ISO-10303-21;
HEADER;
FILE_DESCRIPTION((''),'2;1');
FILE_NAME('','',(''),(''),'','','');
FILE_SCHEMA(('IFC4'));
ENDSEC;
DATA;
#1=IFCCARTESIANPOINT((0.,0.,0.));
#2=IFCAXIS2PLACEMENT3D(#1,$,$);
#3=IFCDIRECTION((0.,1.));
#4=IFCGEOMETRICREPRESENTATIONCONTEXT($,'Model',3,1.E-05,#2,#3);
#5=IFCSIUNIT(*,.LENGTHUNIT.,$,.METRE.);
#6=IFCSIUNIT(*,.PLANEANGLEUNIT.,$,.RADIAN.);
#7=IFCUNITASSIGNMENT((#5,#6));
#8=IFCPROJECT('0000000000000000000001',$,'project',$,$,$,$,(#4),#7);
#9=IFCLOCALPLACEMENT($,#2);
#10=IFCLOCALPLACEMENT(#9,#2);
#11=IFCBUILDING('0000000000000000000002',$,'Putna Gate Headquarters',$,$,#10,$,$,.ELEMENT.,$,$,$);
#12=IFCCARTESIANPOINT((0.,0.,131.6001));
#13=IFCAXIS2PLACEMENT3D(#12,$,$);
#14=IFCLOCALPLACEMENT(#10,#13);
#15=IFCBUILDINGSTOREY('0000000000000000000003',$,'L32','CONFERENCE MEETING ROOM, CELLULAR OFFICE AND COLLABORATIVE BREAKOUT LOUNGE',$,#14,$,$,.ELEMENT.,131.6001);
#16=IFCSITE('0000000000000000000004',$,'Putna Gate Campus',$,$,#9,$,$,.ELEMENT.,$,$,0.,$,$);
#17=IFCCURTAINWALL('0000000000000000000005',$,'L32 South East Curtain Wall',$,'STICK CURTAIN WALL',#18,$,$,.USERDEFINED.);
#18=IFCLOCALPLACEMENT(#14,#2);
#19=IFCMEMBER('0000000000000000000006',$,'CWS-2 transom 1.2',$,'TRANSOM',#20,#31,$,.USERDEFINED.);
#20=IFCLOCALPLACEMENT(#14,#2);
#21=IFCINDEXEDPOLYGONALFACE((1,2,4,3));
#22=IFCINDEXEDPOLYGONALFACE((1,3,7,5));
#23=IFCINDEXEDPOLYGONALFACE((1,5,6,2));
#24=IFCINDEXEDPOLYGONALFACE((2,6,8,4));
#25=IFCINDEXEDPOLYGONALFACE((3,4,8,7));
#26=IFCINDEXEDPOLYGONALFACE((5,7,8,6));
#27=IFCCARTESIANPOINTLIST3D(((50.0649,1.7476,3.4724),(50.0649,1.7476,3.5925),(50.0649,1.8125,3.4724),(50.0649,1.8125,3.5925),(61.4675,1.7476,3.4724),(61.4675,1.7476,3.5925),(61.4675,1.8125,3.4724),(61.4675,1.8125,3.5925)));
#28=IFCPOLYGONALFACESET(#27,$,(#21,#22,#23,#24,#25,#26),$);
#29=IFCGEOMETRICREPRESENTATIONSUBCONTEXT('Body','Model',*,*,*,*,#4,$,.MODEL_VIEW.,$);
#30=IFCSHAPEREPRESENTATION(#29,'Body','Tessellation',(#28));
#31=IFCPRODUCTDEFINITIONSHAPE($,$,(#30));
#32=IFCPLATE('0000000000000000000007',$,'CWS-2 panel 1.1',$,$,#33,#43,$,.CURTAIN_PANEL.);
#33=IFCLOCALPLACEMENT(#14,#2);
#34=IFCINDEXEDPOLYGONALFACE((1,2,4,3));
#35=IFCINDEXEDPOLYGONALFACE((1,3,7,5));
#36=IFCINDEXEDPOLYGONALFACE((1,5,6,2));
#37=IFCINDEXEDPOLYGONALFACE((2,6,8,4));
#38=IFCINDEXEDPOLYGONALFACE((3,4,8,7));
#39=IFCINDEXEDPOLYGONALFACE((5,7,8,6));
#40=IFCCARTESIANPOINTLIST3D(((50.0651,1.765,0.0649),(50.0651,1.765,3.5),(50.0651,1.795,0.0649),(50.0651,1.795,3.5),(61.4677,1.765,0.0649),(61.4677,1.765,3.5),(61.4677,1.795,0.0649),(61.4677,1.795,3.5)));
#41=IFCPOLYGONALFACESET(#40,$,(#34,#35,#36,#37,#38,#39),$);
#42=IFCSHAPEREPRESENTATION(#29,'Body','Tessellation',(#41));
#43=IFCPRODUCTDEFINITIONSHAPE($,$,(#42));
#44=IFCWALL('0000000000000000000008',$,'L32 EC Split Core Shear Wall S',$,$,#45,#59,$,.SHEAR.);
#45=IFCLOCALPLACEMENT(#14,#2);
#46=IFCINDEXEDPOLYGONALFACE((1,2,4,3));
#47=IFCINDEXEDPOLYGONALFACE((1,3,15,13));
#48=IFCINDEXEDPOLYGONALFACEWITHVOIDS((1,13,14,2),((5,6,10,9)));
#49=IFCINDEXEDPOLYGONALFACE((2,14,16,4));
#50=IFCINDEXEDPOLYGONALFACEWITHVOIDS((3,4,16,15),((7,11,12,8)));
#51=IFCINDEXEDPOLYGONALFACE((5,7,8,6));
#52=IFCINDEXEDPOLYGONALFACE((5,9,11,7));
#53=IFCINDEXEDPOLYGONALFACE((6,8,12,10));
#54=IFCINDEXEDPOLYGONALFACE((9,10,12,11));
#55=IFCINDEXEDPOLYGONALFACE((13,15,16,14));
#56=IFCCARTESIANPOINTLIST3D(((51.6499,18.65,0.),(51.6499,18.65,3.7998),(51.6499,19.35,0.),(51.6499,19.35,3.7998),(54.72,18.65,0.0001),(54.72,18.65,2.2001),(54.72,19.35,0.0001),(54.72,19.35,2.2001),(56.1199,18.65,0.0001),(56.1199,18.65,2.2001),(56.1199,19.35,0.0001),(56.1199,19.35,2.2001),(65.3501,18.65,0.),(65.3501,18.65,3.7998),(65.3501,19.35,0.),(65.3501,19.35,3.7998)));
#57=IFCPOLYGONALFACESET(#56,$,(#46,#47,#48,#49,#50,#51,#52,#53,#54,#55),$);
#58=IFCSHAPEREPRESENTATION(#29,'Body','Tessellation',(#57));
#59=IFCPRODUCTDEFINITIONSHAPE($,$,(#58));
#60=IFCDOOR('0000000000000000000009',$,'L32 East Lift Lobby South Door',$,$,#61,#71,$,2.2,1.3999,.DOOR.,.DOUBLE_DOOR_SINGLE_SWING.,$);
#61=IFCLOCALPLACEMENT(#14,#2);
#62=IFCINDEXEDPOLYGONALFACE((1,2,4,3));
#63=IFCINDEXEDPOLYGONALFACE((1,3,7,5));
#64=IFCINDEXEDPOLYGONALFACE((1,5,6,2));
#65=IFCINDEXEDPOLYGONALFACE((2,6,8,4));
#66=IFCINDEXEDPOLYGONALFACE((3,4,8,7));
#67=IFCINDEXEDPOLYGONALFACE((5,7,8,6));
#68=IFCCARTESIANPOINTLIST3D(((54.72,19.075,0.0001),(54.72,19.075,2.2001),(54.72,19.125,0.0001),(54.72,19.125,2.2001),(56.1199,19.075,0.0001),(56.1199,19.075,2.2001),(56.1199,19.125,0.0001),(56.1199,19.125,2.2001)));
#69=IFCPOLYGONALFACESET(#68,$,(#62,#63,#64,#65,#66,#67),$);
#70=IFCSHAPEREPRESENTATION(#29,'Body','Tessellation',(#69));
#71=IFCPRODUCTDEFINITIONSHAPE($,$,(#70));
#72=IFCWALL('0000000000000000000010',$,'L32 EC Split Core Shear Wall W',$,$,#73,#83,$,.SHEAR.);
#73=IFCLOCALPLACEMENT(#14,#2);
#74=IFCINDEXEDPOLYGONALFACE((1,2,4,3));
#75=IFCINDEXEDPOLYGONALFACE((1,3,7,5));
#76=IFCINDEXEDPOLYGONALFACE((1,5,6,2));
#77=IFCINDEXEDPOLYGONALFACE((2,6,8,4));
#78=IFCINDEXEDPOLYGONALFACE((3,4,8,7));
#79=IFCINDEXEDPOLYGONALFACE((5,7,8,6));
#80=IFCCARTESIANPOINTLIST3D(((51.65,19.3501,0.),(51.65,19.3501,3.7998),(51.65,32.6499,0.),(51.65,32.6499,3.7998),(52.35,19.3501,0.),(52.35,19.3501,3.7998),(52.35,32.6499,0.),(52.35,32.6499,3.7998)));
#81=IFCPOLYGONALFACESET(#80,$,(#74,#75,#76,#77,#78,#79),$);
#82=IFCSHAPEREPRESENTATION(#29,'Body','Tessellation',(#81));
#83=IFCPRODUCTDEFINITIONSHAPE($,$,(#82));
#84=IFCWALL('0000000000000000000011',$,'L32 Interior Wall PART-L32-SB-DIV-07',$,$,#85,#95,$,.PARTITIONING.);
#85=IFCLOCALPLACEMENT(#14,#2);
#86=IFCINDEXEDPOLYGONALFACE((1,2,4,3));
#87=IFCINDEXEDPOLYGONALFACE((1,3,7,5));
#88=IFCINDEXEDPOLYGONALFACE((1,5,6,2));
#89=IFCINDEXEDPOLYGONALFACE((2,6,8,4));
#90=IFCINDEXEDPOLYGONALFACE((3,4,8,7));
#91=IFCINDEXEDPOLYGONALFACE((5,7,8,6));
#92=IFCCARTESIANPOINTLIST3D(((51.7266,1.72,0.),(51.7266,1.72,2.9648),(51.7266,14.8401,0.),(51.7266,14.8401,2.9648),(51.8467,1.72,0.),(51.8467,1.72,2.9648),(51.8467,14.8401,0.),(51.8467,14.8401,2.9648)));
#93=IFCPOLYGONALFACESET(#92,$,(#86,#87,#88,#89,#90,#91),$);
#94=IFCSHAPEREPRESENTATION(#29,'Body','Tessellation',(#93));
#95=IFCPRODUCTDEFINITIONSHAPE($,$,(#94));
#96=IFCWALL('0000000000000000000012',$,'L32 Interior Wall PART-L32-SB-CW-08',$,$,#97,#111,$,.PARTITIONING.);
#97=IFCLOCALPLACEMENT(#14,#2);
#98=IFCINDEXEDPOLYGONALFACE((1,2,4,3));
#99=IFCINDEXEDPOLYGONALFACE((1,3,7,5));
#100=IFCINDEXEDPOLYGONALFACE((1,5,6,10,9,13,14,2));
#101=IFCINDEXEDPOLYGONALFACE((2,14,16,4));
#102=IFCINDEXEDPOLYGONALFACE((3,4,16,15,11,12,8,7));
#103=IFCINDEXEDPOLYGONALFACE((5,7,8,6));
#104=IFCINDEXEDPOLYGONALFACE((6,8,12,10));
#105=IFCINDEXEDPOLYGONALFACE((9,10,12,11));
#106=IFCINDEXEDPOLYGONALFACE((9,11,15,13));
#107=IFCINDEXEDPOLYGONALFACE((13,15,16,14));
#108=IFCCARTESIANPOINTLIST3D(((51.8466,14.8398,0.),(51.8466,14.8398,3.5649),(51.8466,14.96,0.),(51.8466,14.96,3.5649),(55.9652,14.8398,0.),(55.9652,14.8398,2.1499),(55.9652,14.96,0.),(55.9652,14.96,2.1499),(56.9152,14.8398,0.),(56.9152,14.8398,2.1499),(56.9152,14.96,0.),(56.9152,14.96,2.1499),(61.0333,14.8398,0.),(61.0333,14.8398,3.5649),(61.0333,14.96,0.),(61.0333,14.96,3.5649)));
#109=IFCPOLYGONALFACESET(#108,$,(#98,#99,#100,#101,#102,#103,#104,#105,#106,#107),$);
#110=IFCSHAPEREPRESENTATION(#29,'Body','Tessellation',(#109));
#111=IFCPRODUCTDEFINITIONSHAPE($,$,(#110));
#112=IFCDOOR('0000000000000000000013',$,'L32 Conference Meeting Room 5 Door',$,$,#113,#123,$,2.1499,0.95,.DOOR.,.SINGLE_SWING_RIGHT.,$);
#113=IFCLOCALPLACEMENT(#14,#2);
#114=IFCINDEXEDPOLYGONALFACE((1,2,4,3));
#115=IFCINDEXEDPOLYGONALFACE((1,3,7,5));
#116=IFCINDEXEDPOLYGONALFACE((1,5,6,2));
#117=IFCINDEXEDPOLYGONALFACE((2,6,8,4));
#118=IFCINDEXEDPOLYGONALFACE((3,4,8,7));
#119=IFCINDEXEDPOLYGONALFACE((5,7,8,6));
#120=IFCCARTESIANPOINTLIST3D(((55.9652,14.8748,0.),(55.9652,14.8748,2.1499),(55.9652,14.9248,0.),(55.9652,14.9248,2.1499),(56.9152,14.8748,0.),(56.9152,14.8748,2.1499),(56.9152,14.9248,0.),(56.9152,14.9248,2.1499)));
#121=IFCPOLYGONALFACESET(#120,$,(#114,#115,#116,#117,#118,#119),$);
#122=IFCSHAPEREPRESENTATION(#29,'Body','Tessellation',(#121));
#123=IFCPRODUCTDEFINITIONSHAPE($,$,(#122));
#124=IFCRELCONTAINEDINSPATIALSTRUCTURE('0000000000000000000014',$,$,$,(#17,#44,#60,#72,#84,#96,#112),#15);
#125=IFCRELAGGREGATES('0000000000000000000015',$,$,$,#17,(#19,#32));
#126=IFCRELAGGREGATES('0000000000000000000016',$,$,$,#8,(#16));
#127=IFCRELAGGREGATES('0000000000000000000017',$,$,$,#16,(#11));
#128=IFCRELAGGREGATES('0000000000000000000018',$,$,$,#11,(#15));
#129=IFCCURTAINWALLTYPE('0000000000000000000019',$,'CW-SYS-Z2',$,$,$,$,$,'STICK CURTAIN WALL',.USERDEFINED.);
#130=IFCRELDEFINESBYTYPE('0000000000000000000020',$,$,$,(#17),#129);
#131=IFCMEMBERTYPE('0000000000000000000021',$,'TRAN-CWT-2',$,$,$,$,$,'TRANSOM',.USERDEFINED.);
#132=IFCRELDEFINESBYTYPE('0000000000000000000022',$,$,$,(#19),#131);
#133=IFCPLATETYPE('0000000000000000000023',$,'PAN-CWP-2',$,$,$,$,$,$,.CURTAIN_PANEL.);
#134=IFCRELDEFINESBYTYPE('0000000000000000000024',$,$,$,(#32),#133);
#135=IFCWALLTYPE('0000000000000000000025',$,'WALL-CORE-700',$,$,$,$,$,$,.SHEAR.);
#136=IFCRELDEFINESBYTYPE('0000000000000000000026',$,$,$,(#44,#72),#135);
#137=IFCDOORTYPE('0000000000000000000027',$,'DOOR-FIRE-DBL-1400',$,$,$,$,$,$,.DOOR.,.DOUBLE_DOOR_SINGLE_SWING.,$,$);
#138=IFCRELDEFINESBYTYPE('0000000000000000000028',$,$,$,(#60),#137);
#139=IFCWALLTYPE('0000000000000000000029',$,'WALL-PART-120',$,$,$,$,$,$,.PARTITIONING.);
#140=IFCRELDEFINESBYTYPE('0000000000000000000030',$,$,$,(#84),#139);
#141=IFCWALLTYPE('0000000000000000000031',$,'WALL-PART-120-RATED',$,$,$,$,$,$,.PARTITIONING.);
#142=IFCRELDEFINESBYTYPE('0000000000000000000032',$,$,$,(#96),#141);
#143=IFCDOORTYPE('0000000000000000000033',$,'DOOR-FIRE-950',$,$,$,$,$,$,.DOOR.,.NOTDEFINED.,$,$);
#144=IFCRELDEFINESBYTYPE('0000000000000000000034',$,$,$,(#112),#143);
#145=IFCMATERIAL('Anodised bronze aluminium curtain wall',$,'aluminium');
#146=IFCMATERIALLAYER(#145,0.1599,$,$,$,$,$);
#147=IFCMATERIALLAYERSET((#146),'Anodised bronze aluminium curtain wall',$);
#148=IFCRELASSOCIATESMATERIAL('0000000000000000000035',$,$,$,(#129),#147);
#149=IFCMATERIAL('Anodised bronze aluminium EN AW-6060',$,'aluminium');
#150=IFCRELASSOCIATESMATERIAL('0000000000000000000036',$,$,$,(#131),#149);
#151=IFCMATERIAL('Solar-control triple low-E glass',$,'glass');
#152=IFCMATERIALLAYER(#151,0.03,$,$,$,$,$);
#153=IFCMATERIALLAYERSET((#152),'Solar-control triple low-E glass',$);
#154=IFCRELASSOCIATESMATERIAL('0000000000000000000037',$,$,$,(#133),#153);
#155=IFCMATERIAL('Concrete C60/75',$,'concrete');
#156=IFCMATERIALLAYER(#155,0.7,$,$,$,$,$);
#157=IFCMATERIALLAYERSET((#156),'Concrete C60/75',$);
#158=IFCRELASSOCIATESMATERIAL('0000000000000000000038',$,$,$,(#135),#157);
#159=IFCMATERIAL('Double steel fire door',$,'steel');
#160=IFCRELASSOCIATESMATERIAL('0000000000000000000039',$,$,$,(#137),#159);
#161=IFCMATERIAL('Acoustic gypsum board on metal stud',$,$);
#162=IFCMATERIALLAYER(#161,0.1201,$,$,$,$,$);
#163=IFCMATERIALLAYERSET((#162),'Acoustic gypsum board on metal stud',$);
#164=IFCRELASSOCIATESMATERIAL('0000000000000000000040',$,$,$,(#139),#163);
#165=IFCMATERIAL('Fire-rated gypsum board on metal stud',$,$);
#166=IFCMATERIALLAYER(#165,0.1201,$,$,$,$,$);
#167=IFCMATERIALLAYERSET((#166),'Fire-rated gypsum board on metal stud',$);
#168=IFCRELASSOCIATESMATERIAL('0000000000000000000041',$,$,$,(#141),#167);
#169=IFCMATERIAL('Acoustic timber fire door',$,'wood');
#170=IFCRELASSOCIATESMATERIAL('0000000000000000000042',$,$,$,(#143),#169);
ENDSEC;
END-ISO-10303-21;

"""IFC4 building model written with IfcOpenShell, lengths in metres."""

from ifc_helpers import new_model, si_unit, direction, frame, frame_2d, origin, origin_2d, place, context, subcontext, project, spatial, rectangle, extrude, material, layer, layer_set, material_profile, profile_set, type_object, element, fill, aggregate, save


model = new_model("IFC4")

# Units and contexts
model_context = context("Model", 3, precision=1e-05, world=origin(), true_north=direction((0.0, 1.0)))
body_context = subcontext(model_context, "Body", "Model", "MODEL_VIEW")
ifc_project = project(units=[si_unit("LENGTHUNIT", "METRE"), si_unit("PLANEANGLEUNIT", "RADIAN")], contexts=[model_context])

# Site, building, storey
site_placement = place(None, origin())
site = spatial("IfcSite", under=ifc_project, at=site_placement, Name="Putna Gate Campus", CompositionType="ELEMENT", RefElevation=0.0)
building_placement = place(site_placement, origin())
building = spatial("IfcBuilding", under=site, at=building_placement, Name="Putna Gate Headquarters", CompositionType="ELEMENT")
storey_placement = place(building_placement, frame((0.0, 0.0, 131.6001)))
storey = spatial("IfcBuildingStorey", under=building, at=storey_placement, Name="L32", Description="CONFERENCE MEETING ROOM, CELLULAR OFFICE AND COLLABORATIVE BREAKOUT LOUNGE", CompositionType="ELEMENT", Elevation=131.6001)

# Shared definitions
ifc_material_1 = material(Name="Concrete C60/75", Category="concrete")

# Curtain wall
ifc_material_2 = material(Name="Anodised bronze aluminium curtain wall", Category="aluminium")
ifc_layer_1 = layer(ifc_material_2, 0.1599)
ifc_layer_set_1 = layer_set([ifc_layer_1], Name="Anodised bronze aluminium curtain wall")
curtain_wall_type_1 = type_object("IfcCurtainWallType", Name="CW-SYS-Z2", ElementType="STICK CURTAIN WALL", PredefinedType="USERDEFINED", material=ifc_layer_set_1)
curtain_wall_1_placement = place(storey_placement, origin())
curtain_wall_1 = element("IfcCurtainWall", 1, at=curtain_wall_1_placement, inside=storey, type_object=curtain_wall_type_1, Name="L32 South East Curtain Wall", ObjectType="STICK CURTAIN WALL", PredefinedType="USERDEFINED")
ifc_material_3 = material(Name="Anodised bronze aluminium EN AW-6060", Category="aluminium")

# Member
ifc_material_profile_1 = material_profile(ifc_material_3, rectangle(XDim=0.0649, YDim=0.1201, at=origin_2d()), Name="Anodised bronze aluminium EN AW-6060")
ifc_profile_set_1 = profile_set([ifc_material_profile_1], Name="Anodised bronze aluminium EN AW-6060")
member_type_1 = type_object("IfcMemberType", Name="TRAN-CWT-2", ElementType="TRANSOM", PredefinedType="USERDEFINED", material=ifc_profile_set_1)
member_1_placement = place(storey_placement, frame((50.0649, 1.78, 3.5325), z_axis=(1.0, 0.0, 0.0), x_axis=(0.0, 1.0, 0.0)))
member_1 = element("IfcMember", 2, at=member_1_placement, type_object=member_type_1, Name="CWS-2 transom 1.2", ObjectType="TRANSOM", PredefinedType="USERDEFINED", context=body_context, shape_type="SweptSolid", body=[
    extrude(rectangle(XDim=0.0649, YDim=0.1201, at=origin_2d()), origin(), (0.0, 0.0, 1.0), 11.4026),
])

# Plate
ifc_material_4 = material(Name="Solar-control triple low-E glass", Category="glass")
ifc_layer_2 = layer(ifc_material_4, 0.03)
ifc_layer_set_2 = layer_set([ifc_layer_2], Name="Solar-control triple low-E glass")
plate_type = type_object("IfcPlateType", Name="PAN-CWP-2", PredefinedType="CURTAIN_PANEL", material=ifc_layer_set_2)
plate_placement = place(storey_placement, frame((55.7664, 1.78, 0.0649), z_axis=(0.0, 0.0, 1.0), x_axis=(1.0, 0.0, 0.0)))
plate = element("IfcPlate", 3, at=plate_placement, type_object=plate_type, Name="CWS-2 panel 1.1", PredefinedType="CURTAIN_PANEL", context=body_context, shape_type="SweptSolid", body=[
    extrude(rectangle(XDim=11.4026, YDim=0.03, at=origin_2d()), origin(), (0.0, 0.0, 1.0), 3.4351),
])
aggregate(curtain_wall_1, [member_1, plate])

# Wall, opening, door
ifc_layer_3 = layer(ifc_material_1, 0.7)
ifc_layer_set_3 = layer_set([ifc_layer_3], Name="Concrete C60/75")
wall_type_1 = type_object("IfcWallType", Name="WALL-CORE-700", PredefinedType="SHEAR", material=ifc_layer_set_3)
wall_1_placement = place(storey_placement, frame((51.6499, 19.0, 0.0), z_axis=(0.0, 0.0, 1.0), x_axis=(1.0, 0.0, 0.0)))
wall_1 = element("IfcWall", 4, at=wall_1_placement, inside=storey, type_object=wall_type_1, Name="L32 EC Split Core Shear Wall S", PredefinedType="SHEAR", context=body_context, shape_type="SweptSolid", body=[
    extrude(rectangle(XDim=13.7002, YDim=0.7, at=frame_2d((6.8501, 0.0))), origin(), (0.0, 0.0, 1.0), 3.7998),
])
opening_1_placement = place(wall_1_placement, frame((3.0701, 0.0, 0.0)))
opening_1 = element("IfcOpeningElement", 5, at=opening_1_placement, cuts=wall_1, PredefinedType="OPENING", context=body_context, shape_type="SweptSolid", body=[
    extrude(rectangle(XDim=1.3999, YDim=2.2, at=frame_2d((0.7, 1.1001))), frame((0.0, 0.3599, 0.0), z_axis=(0.0, -1.0, 0.0), x_axis=(1.0, 0.0, 0.0)), (0.0, 0.0, 1.0), 0.72),
])
ifc_material_5 = material(Name="Double steel fire door", Category="steel")
door_type_1 = type_object("IfcDoorType", Name="DOOR-FIRE-DBL-1400", OperationType="DOUBLE_DOOR_SINGLE_SWING", PredefinedType="DOOR", material=ifc_material_5)
door_1_placement = place(opening_1_placement, origin())
door_1 = element("IfcDoor", 6, at=door_1_placement, inside=storey, type_object=door_type_1, Name="L32 East Lift Lobby South Door", OperationType="DOUBLE_DOOR_SINGLE_SWING", OverallHeight=2.2, OverallWidth=1.3999, PredefinedType="DOOR", context=body_context, shape_type="SweptSolid", body=[
    extrude(rectangle(XDim=1.3999, YDim=2.2, at=frame_2d((0.7, 1.1001))), frame((0.0, 0.125, 0.0), z_axis=(0.0, -1.0, 0.0), x_axis=(1.0, 0.0, 0.0)), (0.0, 0.0, 1.0), 0.05),
])
fill(opening_1, door_1)

# Walls
wall_2_placement = place(storey_placement, frame((52.0, 19.3501, 0.0), z_axis=(0.0, 0.0, 1.0), x_axis=(0.0, 1.0, 0.0)))
element("IfcWall", 7, at=wall_2_placement, inside=storey, type_object=wall_type_1, Name="L32 EC Split Core Shear Wall W", PredefinedType="SHEAR", context=body_context, shape_type="SweptSolid", body=[
    extrude(rectangle(XDim=13.2998, YDim=0.7, at=frame_2d((6.6499, 0.0))), origin(), (0.0, 0.0, 1.0), 3.7998),
])
ifc_material_6 = material(Name="Acoustic gypsum board on metal stud")
ifc_layer_4 = layer(ifc_material_6, 0.1201)
ifc_layer_set_4 = layer_set([ifc_layer_4], Name="Acoustic gypsum board on metal stud")
wall_type_2 = type_object("IfcWallType", Name="WALL-PART-120", PredefinedType="PARTITIONING", material=ifc_layer_set_4)
wall_3_placement = place(storey_placement, frame((51.7866, 1.72, 0.0), z_axis=(0.0, 0.0, 1.0), x_axis=(0.0, 1.0, 0.0)))
element("IfcWall", 8, at=wall_3_placement, inside=storey, type_object=wall_type_2, Name="L32 Interior Wall PART-L32-SB-DIV-07", PredefinedType="PARTITIONING", context=body_context, shape_type="SweptSolid", body=[
    extrude(rectangle(XDim=13.1201, YDim=0.1201, at=frame_2d((6.5601, 0.0))), origin(), (0.0, 0.0, 1.0), 2.9648),
])

# Wall, opening, door
ifc_material_7 = material(Name="Fire-rated gypsum board on metal stud")
ifc_layer_5 = layer(ifc_material_7, 0.1201)
ifc_layer_set_5 = layer_set([ifc_layer_5], Name="Fire-rated gypsum board on metal stud")
wall_type_3 = type_object("IfcWallType", Name="WALL-PART-120-RATED", PredefinedType="PARTITIONING", material=ifc_layer_set_5)
wall_4_placement = place(storey_placement, frame((51.8467, 14.8999, 0.0), z_axis=(0.0, 0.0, 1.0), x_axis=(1.0, 0.0, 0.0)))
wall_4 = element("IfcWall", 9, at=wall_4_placement, inside=storey, type_object=wall_type_3, Name="L32 Interior Wall PART-L32-SB-CW-08", PredefinedType="PARTITIONING", context=body_context, shape_type="SweptSolid", body=[
    extrude(rectangle(XDim=9.1868, YDim=0.1201, at=frame_2d((4.5933, 0.0))), origin(), (0.0, 0.0, 1.0), 3.5649),
])
opening_2_placement = place(wall_4_placement, frame((4.1184, 0.0, 0.0)))
opening_2 = element("IfcOpeningElement", 10, at=opening_2_placement, cuts=wall_4, PredefinedType="OPENING", context=body_context, shape_type="SweptSolid", body=[
    extrude(rectangle(XDim=0.95, YDim=2.1499, at=frame_2d((0.4751, 1.075))), frame((0.0, 0.0701, 0.0), z_axis=(0.0, -1.0, 0.0), x_axis=(1.0, 0.0, 0.0)), (0.0, 0.0, 1.0), 0.1401),
])
ifc_material_8 = material(Name="Acoustic timber fire door", Category="wood")
door_type_2 = type_object("IfcDoorType", Name="DOOR-FIRE-950", OperationType="NOTDEFINED", PredefinedType="DOOR", material=ifc_material_8)
door_2_placement = place(opening_2_placement, origin())
door_2 = element("IfcDoor", 11, at=door_2_placement, inside=storey, type_object=door_type_2, Name="L32 Conference Meeting Room 5 Door", OperationType="SINGLE_SWING_RIGHT", OverallHeight=2.1499, OverallWidth=0.95, PredefinedType="DOOR", context=body_context, shape_type="SweptSolid", body=[
    extrude(rectangle(XDim=0.95, YDim=2.1499, at=frame_2d((0.4751, 1.075))), frame((0.0, 0.0249, 0.0), z_axis=(0.0, -1.0, 0.0), x_axis=(1.0, 0.0, 0.0)), (0.0, 0.0, 1.0), 0.05),
])
fill(opening_2, door_2)

save(model, "model.ifc")
